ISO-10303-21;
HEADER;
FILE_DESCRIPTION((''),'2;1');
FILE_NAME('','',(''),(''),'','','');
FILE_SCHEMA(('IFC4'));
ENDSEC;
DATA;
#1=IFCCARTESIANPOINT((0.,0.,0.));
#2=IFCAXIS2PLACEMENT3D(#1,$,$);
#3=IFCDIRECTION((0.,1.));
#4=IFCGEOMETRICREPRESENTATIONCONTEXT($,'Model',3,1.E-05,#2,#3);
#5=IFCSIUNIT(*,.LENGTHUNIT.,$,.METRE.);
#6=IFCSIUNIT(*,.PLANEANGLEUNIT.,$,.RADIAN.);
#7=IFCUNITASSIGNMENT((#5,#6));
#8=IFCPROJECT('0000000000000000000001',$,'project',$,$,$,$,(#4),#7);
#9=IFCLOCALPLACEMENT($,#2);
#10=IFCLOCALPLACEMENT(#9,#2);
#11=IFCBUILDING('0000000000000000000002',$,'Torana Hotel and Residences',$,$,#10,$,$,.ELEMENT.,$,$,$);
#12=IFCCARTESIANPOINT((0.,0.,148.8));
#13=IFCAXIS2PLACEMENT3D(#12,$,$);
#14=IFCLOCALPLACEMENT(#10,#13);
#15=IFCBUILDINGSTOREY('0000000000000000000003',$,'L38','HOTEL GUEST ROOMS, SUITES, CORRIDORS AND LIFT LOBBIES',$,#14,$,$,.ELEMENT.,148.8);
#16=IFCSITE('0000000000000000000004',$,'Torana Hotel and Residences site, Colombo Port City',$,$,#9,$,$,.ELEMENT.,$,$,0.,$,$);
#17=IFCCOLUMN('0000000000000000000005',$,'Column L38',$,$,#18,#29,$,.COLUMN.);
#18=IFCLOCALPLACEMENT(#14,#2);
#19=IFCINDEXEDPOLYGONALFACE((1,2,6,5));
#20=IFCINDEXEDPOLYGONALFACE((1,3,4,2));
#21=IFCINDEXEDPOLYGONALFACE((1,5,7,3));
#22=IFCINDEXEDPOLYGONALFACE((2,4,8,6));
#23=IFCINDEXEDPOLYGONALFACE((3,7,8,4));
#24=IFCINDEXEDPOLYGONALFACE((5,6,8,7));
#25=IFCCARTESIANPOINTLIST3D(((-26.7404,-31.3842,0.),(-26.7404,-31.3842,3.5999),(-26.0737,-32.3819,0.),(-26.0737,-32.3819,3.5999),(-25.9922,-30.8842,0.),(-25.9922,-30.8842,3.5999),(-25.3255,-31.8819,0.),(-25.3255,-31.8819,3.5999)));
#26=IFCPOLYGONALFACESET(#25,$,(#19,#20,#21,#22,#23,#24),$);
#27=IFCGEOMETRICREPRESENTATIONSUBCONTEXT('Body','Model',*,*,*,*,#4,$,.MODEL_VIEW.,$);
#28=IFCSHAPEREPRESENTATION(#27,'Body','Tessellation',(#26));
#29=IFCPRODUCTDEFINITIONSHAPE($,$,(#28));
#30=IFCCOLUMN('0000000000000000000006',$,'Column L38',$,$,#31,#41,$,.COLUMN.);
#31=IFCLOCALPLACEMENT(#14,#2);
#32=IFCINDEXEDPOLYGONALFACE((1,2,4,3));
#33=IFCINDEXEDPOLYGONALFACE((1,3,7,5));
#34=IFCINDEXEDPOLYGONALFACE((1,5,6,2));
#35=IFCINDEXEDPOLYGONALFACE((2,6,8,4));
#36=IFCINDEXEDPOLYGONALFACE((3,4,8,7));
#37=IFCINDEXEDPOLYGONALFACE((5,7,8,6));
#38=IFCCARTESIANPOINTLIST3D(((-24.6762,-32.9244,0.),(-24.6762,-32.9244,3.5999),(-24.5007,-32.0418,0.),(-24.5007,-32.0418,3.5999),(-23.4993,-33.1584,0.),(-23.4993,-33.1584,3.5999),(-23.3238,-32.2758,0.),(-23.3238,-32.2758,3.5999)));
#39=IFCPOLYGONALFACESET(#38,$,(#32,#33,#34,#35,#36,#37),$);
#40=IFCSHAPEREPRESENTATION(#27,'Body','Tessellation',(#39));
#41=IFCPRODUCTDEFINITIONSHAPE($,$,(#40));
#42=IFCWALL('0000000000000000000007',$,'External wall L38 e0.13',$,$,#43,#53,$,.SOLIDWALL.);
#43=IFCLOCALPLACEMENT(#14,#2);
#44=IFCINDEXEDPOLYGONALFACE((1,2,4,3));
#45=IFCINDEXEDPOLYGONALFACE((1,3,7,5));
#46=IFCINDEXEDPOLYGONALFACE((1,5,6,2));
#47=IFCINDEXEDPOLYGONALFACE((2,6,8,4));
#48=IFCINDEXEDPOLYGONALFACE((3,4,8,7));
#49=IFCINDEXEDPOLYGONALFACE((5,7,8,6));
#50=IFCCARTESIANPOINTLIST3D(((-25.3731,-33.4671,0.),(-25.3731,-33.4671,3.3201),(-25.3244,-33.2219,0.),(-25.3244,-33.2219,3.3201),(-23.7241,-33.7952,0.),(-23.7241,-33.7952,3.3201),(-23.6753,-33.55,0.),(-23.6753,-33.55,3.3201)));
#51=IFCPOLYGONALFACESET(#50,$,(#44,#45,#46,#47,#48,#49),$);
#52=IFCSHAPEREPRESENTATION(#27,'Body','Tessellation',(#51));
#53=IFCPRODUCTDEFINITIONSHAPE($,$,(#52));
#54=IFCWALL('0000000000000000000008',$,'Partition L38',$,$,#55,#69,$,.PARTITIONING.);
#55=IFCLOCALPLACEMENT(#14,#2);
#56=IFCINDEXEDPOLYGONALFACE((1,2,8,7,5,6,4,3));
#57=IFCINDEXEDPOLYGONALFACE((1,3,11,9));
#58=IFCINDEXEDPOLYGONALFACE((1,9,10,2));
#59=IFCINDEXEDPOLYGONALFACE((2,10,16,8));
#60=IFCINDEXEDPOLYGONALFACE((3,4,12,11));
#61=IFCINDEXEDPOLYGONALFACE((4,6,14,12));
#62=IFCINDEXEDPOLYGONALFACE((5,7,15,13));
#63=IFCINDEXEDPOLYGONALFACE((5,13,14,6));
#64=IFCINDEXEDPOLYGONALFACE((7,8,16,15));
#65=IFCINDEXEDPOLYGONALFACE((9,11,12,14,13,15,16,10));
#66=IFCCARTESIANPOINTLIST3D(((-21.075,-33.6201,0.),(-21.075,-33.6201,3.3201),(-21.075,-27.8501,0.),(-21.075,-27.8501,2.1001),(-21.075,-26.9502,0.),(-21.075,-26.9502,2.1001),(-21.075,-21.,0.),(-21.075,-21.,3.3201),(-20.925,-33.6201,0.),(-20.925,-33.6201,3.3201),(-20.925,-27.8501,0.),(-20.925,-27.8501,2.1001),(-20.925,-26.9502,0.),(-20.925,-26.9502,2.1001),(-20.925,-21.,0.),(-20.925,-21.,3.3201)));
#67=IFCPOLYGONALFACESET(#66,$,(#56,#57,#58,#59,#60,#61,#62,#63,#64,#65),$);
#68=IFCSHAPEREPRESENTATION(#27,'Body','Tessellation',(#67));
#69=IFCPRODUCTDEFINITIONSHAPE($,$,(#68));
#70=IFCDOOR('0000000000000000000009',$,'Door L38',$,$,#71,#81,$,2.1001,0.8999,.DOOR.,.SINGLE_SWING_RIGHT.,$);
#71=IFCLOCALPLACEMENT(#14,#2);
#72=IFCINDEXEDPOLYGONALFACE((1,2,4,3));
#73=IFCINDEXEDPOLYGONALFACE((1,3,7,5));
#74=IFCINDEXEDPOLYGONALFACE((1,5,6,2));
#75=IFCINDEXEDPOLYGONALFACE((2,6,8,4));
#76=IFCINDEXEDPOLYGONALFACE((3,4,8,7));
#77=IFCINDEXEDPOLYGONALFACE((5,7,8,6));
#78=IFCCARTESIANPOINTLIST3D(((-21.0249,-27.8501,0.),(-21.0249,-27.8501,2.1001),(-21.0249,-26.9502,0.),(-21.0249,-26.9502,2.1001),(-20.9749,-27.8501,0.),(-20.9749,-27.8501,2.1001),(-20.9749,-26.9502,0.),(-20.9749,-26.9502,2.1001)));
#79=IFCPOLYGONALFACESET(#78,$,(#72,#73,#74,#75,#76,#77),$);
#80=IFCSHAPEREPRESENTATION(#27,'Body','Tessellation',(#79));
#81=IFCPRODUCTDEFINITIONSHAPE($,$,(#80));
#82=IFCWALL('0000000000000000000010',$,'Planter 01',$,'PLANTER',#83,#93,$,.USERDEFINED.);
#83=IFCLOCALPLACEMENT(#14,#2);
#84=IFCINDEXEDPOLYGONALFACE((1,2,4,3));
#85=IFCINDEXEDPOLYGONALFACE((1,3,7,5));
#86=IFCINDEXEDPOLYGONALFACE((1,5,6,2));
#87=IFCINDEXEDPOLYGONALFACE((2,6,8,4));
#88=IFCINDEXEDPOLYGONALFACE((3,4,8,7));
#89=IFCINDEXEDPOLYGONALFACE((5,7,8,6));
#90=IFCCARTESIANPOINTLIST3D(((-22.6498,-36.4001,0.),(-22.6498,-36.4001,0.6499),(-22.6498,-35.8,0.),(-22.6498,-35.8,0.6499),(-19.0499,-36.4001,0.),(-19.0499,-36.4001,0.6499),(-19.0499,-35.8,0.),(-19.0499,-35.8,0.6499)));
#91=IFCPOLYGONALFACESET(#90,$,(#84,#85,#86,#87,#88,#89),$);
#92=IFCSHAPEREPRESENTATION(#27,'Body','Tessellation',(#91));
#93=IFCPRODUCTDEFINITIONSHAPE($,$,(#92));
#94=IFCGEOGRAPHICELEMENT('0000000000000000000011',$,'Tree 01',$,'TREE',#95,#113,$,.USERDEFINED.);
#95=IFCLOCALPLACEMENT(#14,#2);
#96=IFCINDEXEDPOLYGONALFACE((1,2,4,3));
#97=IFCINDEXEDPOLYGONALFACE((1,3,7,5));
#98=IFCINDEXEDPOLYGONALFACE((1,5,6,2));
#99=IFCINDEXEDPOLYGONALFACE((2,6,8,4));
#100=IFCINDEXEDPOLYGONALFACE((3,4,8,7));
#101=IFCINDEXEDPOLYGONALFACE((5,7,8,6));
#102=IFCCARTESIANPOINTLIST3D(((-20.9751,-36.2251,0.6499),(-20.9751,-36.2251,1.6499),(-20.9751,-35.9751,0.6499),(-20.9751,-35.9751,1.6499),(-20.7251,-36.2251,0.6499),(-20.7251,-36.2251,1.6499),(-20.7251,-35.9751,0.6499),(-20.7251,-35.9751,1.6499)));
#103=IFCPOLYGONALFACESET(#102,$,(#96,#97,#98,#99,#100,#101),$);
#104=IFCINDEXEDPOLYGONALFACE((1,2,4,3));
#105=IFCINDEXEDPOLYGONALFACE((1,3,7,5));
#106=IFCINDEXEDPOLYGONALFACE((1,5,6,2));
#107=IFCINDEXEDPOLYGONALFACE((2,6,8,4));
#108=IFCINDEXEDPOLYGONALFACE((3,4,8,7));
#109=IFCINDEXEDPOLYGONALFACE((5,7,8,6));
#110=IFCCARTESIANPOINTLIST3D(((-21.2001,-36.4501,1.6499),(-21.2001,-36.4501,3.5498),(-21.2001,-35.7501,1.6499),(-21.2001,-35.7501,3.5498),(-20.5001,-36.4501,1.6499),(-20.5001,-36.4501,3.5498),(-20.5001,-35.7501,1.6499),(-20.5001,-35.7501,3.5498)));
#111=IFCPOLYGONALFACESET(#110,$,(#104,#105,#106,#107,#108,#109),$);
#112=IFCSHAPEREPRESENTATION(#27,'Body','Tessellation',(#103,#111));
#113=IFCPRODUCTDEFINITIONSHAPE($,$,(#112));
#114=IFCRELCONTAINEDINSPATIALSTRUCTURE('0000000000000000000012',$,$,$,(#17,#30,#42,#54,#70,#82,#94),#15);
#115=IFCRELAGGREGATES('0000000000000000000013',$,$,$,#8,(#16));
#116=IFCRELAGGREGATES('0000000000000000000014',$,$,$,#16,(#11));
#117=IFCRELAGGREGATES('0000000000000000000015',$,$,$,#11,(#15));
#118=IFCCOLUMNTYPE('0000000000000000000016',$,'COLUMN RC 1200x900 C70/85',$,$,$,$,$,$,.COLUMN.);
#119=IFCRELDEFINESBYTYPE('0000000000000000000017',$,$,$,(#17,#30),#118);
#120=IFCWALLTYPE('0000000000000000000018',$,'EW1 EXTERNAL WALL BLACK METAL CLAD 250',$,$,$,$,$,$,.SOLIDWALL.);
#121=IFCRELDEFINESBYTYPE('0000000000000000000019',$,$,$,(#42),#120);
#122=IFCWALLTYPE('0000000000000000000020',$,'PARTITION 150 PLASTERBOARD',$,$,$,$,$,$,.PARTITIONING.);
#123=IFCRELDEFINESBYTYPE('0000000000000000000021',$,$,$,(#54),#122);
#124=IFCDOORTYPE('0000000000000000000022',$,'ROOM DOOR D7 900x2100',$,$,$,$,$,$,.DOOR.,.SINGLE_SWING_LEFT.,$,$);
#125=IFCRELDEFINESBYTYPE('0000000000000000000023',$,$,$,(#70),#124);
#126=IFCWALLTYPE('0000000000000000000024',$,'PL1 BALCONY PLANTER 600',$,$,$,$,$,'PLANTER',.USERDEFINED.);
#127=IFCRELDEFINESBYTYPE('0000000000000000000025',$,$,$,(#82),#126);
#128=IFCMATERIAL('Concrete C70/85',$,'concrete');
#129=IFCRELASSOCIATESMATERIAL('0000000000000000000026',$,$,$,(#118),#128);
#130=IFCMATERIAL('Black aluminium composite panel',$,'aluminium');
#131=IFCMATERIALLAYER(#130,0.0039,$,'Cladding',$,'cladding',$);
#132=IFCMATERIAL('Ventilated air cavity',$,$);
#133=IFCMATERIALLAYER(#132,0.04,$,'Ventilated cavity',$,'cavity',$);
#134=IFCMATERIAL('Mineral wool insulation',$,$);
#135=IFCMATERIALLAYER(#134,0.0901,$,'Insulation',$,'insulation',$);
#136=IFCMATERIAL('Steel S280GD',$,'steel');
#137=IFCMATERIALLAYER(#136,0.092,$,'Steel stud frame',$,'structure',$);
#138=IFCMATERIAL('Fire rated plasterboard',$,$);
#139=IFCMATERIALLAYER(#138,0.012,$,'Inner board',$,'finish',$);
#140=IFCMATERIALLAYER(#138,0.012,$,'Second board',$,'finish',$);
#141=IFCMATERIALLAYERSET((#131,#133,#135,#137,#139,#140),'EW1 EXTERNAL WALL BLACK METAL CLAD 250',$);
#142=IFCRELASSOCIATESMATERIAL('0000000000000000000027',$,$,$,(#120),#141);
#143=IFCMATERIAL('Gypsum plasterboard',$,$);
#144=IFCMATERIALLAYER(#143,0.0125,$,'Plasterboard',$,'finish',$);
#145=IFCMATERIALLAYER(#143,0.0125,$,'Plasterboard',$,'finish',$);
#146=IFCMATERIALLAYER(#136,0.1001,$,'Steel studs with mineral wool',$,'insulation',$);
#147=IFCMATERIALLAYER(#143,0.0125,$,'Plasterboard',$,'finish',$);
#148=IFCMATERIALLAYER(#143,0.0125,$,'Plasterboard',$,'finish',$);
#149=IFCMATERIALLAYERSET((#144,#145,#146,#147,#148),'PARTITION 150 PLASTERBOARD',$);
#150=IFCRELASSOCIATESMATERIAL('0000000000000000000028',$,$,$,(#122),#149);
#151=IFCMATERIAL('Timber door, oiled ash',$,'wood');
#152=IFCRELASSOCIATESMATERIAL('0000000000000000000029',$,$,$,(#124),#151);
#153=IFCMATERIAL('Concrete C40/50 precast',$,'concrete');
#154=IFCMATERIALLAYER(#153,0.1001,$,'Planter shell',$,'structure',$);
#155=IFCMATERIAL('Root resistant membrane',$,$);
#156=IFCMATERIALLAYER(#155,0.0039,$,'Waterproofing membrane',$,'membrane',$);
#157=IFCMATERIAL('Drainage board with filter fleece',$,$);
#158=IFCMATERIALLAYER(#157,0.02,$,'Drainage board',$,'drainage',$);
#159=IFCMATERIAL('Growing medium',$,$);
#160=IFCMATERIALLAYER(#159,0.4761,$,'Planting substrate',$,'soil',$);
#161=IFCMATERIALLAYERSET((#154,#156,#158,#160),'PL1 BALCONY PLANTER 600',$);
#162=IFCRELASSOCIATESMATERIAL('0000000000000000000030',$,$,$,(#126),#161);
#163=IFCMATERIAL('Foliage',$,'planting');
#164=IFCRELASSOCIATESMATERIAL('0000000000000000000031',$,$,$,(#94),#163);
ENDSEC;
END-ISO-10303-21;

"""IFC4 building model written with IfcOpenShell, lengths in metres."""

from ifc_helpers import new_model, si_unit, direction, frame, frame_2d, origin, origin_2d, place, context, subcontext, project, spatial, rectangle, extrude, material, layer, layer_set, material_profile, profile_set, type_object, element, fill, save


model = new_model("IFC4")

# Units and contexts
model_context = context("Model", 3, precision=1e-05, world=origin(), true_north=direction((0.0, 1.0)))
body_context = subcontext(model_context, "Body", "Model", "MODEL_VIEW")
ifc_project = project(units=[si_unit("LENGTHUNIT", "METRE"), si_unit("PLANEANGLEUNIT", "RADIAN")], contexts=[model_context])

# Site, building, storey
site_placement = place(None, origin())
site = spatial("IfcSite", under=ifc_project, at=site_placement, Name="Torana Hotel and Residences site, Colombo Port City", CompositionType="ELEMENT", RefElevation=0.0)
building_placement = place(site_placement, origin())
building = spatial("IfcBuilding", under=site, at=building_placement, Name="Torana Hotel and Residences", CompositionType="ELEMENT")
storey_placement = place(building_placement, frame((0.0, 0.0, 148.8)))
storey = spatial("IfcBuildingStorey", under=building, at=storey_placement, Name="L38", Description="HOTEL GUEST ROOMS, SUITES, CORRIDORS AND LIFT LOBBIES", CompositionType="ELEMENT", Elevation=148.8)

# Columns
ifc_material_1 = material(Name="Concrete C70/85", Category="concrete")
ifc_material_profile = material_profile(ifc_material_1, rectangle(XDim=1.2, YDim=0.8999, at=origin_2d()), Name="RC 1200x900")
ifc_profile_set = profile_set([ifc_material_profile], Name="Concrete C70/85")
column_type = type_object("IfcColumnType", Name="COLUMN RC 1200x900 C70/85", PredefinedType="COLUMN", material=ifc_profile_set)
for number, where, z_axis, x_axis, name in (
    (1, (-26.033, -31.6331, 0.0), (0.0, 0.0, 1.0), (-0.555585, 0.83146, 0.0), "Column L38"),
    (2, (-24.0, -32.6001, 0.0), (0.0, 0.0, 1.0), (-0.980792, 0.195056, 0.0), "Column L38"),
):
    element("IfcColumn", number, at=place(storey_placement, frame(where, z_axis=z_axis, x_axis=x_axis)), inside=storey, type_object=column_type, Name=name, PredefinedType="COLUMN", context=body_context, shape_type="SweptSolid", body=[
        extrude(rectangle(XDim=1.2, YDim=0.8999, at=origin_2d()), origin(), (0.0, 0.0, 1.0), 3.5999),
    ])

# Wall
ifc_material_2 = material(Name="Black aluminium composite panel", Category="aluminium")
ifc_layer_1 = layer(ifc_material_2, 0.0039, Name="Cladding", Category="cladding")
ifc_material_3 = material(Name="Ventilated air cavity")
ifc_layer_2 = layer(ifc_material_3, 0.04, Name="Ventilated cavity", Category="cavity")
ifc_material_4 = material(Name="Mineral wool insulation")
ifc_layer_3 = layer(ifc_material_4, 0.0901, Name="Insulation", Category="insulation")
ifc_material_5 = material(Name="Steel S280GD", Category="steel")
ifc_layer_4 = layer(ifc_material_5, 0.092, Name="Steel stud frame", Category="structure")
ifc_material_6 = material(Name="Fire rated plasterboard")
ifc_layer_5 = layer(ifc_material_6, 0.012, Name="Inner board", Category="finish")
ifc_layer_6 = layer(ifc_material_6, 0.012, Name="Second board", Category="finish")
ifc_layer_set_1 = layer_set([ifc_layer_1, ifc_layer_2, ifc_layer_3, ifc_layer_4, ifc_layer_5, ifc_layer_6], Name="EW1 EXTERNAL WALL BLACK METAL CLAD 250")
wall_type_1 = type_object("IfcWallType", Name="EW1 EXTERNAL WALL BLACK METAL CLAD 250", PredefinedType="SOLIDWALL", material=ifc_layer_set_1)
wall_1_placement = place(storey_placement, frame((-25.3489, -33.3445, 0.0), z_axis=(0.0, 0.0, 1.0), x_axis=(0.980776, -0.195139, 0.0)))
element("IfcWall", 3, at=wall_1_placement, inside=storey, type_object=wall_type_1, Name="External wall L38 e0.13", PredefinedType="SOLIDWALL", context=body_context, shape_type="SweptSolid", body=[
    extrude(rectangle(XDim=1.6814, YDim=0.25, at=frame_2d((0.8408, 0.0))), origin(), (0.0, 0.0, 1.0), 3.3201),
])

# Wall, opening, door
ifc_material_7 = material(Name="Gypsum plasterboard")
ifc_layer_7 = layer(ifc_material_7, 0.0125, Name="Plasterboard", Category="finish")
ifc_layer_8 = layer(ifc_material_7, 0.0125, Name="Plasterboard", Category="finish")
ifc_layer_9 = layer(ifc_material_5, 0.1001, Name="Steel studs with mineral wool", Category="insulation")
ifc_layer_10 = layer(ifc_material_7, 0.0125, Name="Plasterboard", Category="finish")
ifc_layer_11 = layer(ifc_material_7, 0.0125, Name="Plasterboard", Category="finish")
ifc_layer_set_2 = layer_set([ifc_layer_7, ifc_layer_8, ifc_layer_9, ifc_layer_10, ifc_layer_11], Name="PARTITION 150 PLASTERBOARD")
wall_type_2 = type_object("IfcWallType", Name="PARTITION 150 PLASTERBOARD", PredefinedType="PARTITIONING", material=ifc_layer_set_2)
wall_2_placement = place(storey_placement, frame((-21.0, -33.6201, 0.0), z_axis=(0.0, 0.0, 1.0), x_axis=(0.0, 1.0, 0.0)))
wall_2 = element("IfcWall", 4, at=wall_2_placement, inside=storey, type_object=wall_type_2, Name="Partition L38", PredefinedType="PARTITIONING", context=body_context, shape_type="SweptSolid", body=[
    extrude(rectangle(XDim=12.6201, YDim=0.1499, at=frame_2d((6.3101, 0.0))), origin(), (0.0, 0.0, 1.0), 3.3201),
])
opening_1_placement = place(wall_2_placement, frame((5.77, 0.0, 0.0)))
opening_1 = element("IfcOpeningElement", 5, at=opening_1_placement, cuts=wall_2, PredefinedType="OPENING", context=body_context, shape_type="SweptSolid", body=[
    extrude(rectangle(XDim=0.8999, YDim=2.1001, at=frame_2d((0.45, 1.05))), frame((0.0, 0.085, 0.0), z_axis=(0.0, -1.0, 0.0), x_axis=(1.0, 0.0, 0.0)), (0.0, 0.0, 1.0), 0.1699),
])
ifc_material_8 = material(Name="Timber door, oiled ash", Category="wood")
door_type_1 = type_object("IfcDoorType", Name="ROOM DOOR D7 900x2100", OperationType="SINGLE_SWING_LEFT", PredefinedType="DOOR", material=ifc_material_8)
door_1_placement = place(opening_1_placement, origin())
door_1 = element("IfcDoor", 6, at=door_1_placement, inside=storey, type_object=door_type_1, Name="Door L38", OperationType="SINGLE_SWING_RIGHT", OverallHeight=2.1001, OverallWidth=0.8999, PredefinedType="DOOR", context=body_context, shape_type="SweptSolid", body=[
    extrude(rectangle(XDim=0.8999, YDim=2.1001, at=frame_2d((0.45, 1.05))), frame((0.0, 0.0249, 0.0), z_axis=(0.0, -1.0, 0.0), x_axis=(1.0, 0.0, 0.0)), (0.0, 0.0, 1.0), 0.05),
])
fill(opening_1, door_1)

# Wall
ifc_material_9 = material(Name="Concrete C40/50 precast", Category="concrete")
ifc_layer_12 = layer(ifc_material_9, 0.1001, Name="Planter shell", Category="structure")
ifc_material_10 = material(Name="Root resistant membrane")
ifc_layer_13 = layer(ifc_material_10, 0.0039, Name="Waterproofing membrane", Category="membrane")
ifc_material_11 = material(Name="Drainage board with filter fleece")
ifc_layer_14 = layer(ifc_material_11, 0.02, Name="Drainage board", Category="drainage")
ifc_material_12 = material(Name="Growing medium")
ifc_layer_15 = layer(ifc_material_12, 0.4761, Name="Planting substrate", Category="soil")
ifc_layer_set_3 = layer_set([ifc_layer_12, ifc_layer_13, ifc_layer_14, ifc_layer_15], Name="PL1 BALCONY PLANTER 600")
wall_type_3 = type_object("IfcWallType", Name="PL1 BALCONY PLANTER 600", ElementType="PLANTER", PredefinedType="USERDEFINED", material=ifc_layer_set_3)
wall_3_placement = place(storey_placement, frame((-19.05, -36.1001, 0.0), z_axis=(0.0, 0.0, 1.0), x_axis=(-1.0, 0.0, 0.0)))
element("IfcWall", 7, at=wall_3_placement, inside=storey, type_object=wall_type_3, Name="Planter 01", ObjectType="PLANTER", PredefinedType="USERDEFINED", context=body_context, shape_type="SweptSolid", body=[
    extrude(rectangle(XDim=3.5999, YDim=0.6001, at=frame_2d((1.7998, 0.0))), origin(), (0.0, 0.0, 1.0), 0.6499),
])

# Geographic element
ifc_material_13 = material(Name="Foliage", Category="planting")
geographic_element_placement = place(storey_placement, frame((-20.8501, -36.1001, 0.6499), z_axis=(0.0, 0.0, 1.0), x_axis=(1.0, 0.0, 0.0)))
element("IfcGeographicElement", 8, at=geographic_element_placement, inside=storey, material=ifc_material_13, Name="Tree 01", ObjectType="TREE", PredefinedType="USERDEFINED", context=body_context, shape_type="SweptSolid", body=[
    extrude(rectangle(XDim=0.25, YDim=0.25, at=origin_2d()), origin(), (0.0, 0.0, 1.0), 1.0),
    extrude(rectangle(XDim=0.7, YDim=0.7, at=origin_2d()), frame((0.0, 0.0, 1.0)), (0.0, 0.0, 1.0), 1.8999),
])

save(model, "model.ifc")
